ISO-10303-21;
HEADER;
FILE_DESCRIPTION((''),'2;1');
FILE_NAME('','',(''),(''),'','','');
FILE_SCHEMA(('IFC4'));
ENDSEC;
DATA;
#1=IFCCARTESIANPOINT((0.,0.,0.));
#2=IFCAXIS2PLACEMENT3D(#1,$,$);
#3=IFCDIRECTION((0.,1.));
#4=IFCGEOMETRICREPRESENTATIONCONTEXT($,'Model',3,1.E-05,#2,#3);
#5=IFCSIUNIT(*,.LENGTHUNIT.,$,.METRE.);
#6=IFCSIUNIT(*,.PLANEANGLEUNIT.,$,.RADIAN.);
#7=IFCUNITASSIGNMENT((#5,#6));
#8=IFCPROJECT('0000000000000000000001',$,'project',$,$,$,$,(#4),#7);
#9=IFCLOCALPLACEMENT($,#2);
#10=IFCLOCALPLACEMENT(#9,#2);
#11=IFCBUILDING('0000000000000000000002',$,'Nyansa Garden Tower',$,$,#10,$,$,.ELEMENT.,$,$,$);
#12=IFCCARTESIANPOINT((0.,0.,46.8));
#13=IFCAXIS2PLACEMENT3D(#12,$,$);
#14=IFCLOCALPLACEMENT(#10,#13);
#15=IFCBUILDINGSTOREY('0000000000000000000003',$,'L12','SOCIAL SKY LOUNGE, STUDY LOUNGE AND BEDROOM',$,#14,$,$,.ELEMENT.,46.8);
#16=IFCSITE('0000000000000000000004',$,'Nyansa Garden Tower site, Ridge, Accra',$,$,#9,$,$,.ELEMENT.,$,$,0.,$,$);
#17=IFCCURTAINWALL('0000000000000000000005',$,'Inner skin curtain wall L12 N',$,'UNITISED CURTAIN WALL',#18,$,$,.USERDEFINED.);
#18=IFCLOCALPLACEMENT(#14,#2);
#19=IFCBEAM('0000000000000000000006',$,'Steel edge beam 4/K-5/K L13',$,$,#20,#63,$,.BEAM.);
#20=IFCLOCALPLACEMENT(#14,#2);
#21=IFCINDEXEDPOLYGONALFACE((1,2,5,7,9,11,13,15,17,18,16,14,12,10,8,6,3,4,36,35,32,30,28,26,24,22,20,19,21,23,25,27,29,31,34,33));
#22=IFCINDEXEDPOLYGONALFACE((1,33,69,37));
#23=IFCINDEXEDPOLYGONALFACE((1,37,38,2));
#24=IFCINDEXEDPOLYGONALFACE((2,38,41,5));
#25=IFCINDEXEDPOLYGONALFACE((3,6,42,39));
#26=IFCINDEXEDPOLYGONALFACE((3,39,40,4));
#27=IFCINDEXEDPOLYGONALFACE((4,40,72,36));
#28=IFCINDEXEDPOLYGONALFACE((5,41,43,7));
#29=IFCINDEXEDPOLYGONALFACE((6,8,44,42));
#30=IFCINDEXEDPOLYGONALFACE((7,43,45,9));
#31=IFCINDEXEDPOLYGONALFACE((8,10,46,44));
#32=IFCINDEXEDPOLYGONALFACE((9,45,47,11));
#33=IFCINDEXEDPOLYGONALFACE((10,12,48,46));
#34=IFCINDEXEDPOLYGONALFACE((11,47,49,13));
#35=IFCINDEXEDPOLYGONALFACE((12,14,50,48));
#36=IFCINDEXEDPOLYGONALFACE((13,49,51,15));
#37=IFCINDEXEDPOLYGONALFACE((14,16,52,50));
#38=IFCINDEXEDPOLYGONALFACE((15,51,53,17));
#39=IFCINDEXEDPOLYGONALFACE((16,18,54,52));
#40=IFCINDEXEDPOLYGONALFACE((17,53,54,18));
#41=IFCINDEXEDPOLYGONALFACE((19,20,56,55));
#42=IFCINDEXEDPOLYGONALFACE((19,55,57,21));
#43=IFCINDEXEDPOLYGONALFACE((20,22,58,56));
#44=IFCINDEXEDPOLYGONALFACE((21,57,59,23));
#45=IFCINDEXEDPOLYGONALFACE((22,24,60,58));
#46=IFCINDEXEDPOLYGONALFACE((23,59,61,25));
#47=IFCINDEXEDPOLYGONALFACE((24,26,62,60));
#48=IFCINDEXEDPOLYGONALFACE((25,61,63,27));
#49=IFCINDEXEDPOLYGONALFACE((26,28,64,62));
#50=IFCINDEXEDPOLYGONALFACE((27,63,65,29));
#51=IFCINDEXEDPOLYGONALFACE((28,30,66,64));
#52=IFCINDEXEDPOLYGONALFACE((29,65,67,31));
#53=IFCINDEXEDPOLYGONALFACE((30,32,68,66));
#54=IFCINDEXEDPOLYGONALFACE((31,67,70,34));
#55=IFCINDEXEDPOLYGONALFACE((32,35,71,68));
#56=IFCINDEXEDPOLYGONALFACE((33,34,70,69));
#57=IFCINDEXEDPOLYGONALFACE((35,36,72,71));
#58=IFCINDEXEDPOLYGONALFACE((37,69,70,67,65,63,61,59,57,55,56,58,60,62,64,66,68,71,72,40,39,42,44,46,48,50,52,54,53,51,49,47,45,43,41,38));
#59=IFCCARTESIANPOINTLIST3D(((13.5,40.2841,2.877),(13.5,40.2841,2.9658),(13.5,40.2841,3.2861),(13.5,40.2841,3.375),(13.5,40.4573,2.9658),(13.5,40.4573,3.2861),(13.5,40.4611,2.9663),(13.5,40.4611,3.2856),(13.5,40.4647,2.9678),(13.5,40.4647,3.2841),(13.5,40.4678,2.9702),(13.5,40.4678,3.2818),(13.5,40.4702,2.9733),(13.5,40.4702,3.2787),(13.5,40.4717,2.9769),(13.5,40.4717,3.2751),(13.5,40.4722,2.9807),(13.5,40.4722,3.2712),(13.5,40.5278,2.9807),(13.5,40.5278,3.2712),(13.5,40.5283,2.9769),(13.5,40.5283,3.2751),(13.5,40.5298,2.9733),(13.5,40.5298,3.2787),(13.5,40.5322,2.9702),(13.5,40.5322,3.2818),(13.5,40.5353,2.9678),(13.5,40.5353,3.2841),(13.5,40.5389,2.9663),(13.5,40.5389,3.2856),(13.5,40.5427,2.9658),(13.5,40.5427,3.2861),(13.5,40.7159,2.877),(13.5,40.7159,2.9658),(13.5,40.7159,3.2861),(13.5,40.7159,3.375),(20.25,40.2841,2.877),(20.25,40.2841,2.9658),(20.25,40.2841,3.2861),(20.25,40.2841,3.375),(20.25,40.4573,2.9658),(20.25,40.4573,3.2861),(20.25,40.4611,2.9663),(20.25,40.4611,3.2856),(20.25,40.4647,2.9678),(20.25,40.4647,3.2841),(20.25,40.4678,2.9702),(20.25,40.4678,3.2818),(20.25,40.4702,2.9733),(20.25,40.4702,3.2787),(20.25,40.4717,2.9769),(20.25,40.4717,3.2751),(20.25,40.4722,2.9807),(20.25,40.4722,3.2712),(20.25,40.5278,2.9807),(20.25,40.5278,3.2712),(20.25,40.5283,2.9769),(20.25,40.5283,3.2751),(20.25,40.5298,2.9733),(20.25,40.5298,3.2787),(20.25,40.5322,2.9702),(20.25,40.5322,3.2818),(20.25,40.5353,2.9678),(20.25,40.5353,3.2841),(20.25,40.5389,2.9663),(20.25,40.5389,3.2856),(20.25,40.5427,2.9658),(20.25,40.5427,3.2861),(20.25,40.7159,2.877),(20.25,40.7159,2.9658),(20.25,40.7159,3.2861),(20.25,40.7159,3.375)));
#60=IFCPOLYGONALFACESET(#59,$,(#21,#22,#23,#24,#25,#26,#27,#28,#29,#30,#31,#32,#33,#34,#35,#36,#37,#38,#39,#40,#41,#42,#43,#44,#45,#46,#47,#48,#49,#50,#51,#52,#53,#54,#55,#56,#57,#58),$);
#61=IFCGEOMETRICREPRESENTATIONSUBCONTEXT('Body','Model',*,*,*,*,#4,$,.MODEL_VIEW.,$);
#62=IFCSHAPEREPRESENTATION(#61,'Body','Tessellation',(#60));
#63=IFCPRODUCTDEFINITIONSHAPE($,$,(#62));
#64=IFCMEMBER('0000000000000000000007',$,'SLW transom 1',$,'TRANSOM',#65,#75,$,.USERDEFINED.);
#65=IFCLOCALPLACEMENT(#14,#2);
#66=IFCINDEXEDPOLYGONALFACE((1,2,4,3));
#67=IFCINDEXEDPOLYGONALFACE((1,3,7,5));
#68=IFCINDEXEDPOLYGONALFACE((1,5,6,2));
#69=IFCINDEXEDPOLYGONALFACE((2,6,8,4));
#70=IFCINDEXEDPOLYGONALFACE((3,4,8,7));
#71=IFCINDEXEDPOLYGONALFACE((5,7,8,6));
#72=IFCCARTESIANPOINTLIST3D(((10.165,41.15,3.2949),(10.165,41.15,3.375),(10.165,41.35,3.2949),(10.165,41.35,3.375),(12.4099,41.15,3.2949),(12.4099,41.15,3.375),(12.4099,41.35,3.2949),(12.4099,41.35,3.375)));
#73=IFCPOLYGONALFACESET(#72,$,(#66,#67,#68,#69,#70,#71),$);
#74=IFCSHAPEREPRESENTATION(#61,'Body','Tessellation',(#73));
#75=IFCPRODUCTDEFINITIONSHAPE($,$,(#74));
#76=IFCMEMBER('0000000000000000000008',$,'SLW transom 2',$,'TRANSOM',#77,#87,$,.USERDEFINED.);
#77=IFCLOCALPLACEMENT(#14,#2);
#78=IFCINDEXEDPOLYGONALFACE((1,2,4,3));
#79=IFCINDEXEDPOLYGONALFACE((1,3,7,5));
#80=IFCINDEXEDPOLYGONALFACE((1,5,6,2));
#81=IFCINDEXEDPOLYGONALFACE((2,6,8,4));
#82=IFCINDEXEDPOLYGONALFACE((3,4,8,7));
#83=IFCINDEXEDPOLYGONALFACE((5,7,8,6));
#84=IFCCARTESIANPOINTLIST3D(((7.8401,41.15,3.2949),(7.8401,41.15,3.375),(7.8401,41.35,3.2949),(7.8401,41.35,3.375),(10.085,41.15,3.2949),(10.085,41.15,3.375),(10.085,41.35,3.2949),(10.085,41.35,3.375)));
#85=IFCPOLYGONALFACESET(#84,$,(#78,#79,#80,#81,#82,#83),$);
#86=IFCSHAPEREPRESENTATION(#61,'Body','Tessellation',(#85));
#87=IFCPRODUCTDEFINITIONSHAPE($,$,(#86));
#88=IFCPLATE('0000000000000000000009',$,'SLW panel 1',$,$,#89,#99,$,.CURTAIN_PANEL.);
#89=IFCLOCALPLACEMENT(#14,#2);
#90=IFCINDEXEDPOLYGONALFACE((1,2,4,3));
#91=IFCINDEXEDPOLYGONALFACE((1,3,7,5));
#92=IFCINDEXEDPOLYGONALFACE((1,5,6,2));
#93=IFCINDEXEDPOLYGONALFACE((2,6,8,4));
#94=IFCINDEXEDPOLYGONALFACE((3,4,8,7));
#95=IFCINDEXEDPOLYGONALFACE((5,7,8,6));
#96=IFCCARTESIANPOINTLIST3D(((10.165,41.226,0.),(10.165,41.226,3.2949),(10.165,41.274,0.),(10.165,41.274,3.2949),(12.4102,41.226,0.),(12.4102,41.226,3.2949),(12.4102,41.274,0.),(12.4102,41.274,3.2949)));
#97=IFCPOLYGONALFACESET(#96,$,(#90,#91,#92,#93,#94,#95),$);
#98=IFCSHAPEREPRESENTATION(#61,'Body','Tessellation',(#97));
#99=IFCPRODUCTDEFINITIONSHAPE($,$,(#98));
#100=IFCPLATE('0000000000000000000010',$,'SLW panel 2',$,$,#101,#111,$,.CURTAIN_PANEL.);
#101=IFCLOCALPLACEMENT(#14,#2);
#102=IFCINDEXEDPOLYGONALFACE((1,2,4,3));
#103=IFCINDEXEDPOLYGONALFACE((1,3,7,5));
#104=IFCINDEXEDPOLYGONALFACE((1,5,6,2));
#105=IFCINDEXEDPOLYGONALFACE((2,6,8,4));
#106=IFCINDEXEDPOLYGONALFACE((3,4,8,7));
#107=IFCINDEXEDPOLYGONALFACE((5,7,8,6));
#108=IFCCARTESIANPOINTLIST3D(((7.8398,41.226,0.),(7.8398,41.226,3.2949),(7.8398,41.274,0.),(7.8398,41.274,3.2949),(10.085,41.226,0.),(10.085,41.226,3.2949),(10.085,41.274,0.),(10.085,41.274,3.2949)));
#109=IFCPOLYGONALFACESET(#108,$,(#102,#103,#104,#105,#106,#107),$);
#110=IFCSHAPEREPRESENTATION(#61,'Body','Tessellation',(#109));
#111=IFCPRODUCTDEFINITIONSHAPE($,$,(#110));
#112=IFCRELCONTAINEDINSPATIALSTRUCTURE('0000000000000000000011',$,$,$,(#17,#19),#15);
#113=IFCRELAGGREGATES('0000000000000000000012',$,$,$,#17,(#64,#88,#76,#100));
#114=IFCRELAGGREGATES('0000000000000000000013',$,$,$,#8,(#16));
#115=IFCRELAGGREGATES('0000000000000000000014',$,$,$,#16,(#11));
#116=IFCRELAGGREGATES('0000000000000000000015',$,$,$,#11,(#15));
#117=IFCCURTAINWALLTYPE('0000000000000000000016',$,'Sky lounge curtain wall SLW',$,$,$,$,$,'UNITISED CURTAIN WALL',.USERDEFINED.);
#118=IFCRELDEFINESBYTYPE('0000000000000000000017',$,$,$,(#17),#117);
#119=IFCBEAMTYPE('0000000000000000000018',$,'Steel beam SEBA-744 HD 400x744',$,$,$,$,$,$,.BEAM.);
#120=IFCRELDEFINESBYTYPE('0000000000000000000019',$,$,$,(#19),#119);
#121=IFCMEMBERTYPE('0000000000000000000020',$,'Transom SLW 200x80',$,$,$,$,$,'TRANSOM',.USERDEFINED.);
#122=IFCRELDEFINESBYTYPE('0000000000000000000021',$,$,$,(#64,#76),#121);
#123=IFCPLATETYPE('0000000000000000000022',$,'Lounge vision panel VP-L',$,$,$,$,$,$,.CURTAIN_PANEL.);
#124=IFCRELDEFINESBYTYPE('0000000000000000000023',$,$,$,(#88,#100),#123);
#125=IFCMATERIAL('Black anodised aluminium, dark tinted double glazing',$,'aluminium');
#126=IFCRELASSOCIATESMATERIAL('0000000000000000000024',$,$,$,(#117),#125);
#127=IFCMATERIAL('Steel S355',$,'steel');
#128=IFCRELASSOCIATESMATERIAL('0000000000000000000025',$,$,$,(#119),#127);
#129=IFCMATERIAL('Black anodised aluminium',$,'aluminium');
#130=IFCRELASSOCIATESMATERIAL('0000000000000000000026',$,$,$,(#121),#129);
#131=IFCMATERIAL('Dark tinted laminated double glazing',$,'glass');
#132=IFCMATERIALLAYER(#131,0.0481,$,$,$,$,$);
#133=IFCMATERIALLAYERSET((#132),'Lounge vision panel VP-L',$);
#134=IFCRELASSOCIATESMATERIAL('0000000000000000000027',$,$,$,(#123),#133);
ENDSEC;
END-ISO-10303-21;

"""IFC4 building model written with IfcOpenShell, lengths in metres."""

from ifc_helpers import new_model, si_unit, direction, frame, origin, origin_2d, place, context, subcontext, project, spatial, rectangle, i_section, extrude, material, layer, layer_set, material_profile, profile_set, type_object, element, aggregate, save


model = new_model("IFC4")

# Units and contexts
model_context = context("Model", 3, precision=1e-05, world=origin(), true_north=direction((0.0, 1.0)))
body_context = subcontext(model_context, "Body", "Model", "MODEL_VIEW")
ifc_project = project(units=[si_unit("LENGTHUNIT", "METRE"), si_unit("PLANEANGLEUNIT", "RADIAN")], contexts=[model_context])

# Site, building, storey
site_placement = place(None, origin())
site = spatial("IfcSite", under=ifc_project, at=site_placement, Name="Nyansa Garden Tower site, Ridge, Accra", CompositionType="ELEMENT", RefElevation=0.0)
building_placement = place(site_placement, origin())
building = spatial("IfcBuilding", under=site, at=building_placement, Name="Nyansa Garden Tower", CompositionType="ELEMENT")
storey_placement = place(building_placement, frame((0.0, 0.0, 46.8)))
storey = spatial("IfcBuildingStorey", under=building, at=storey_placement, Name="L12", Description="SOCIAL SKY LOUNGE, STUDY LOUNGE AND BEDROOM", CompositionType="ELEMENT", Elevation=46.8)

# Curtain wall
ifc_material_1 = material(Name="Black anodised aluminium, dark tinted double glazing", Category="aluminium")
curtain_wall_type = type_object("IfcCurtainWallType", Name="Sky lounge curtain wall SLW", ElementType="UNITISED CURTAIN WALL", PredefinedType="USERDEFINED", material=ifc_material_1)
curtain_wall_placement = place(storey_placement, origin())
curtain_wall = element("IfcCurtainWall", 1, at=curtain_wall_placement, inside=storey, type_object=curtain_wall_type, Name="Inner skin curtain wall L12 N", ObjectType="UNITISED CURTAIN WALL", PredefinedType="USERDEFINED")

# Beam
ifc_material_2 = material(Name="Steel S355", Category="steel")
ifc_material_profile_1 = material_profile(ifc_material_2, i_section(OverallWidth=0.4319, OverallDepth=0.498, WebThickness=0.0557, FlangeThickness=0.0889, FilletRadius=0.0149, at=origin_2d()), Name="HD 400x744")
ifc_profile_set_1 = profile_set([ifc_material_profile_1], Name="Steel S355")
beam_type_1 = type_object("IfcBeamType", Name="Steel beam SEBA-744 HD 400x744", PredefinedType="BEAM", material=ifc_profile_set_1)
for number, where, z_axis, x_axis, name in (
    (2, (13.5, 40.5, 3.126), (1.0, 0.0, 0.0), (0.0, 1.0, 0.0), "Steel edge beam 4/K-5/K L13"),
):
    element("IfcBeam", number, at=place(storey_placement, frame(where, z_axis=z_axis, x_axis=x_axis)), inside=storey, type_object=beam_type_1, Name=name, PredefinedType="BEAM", context=body_context, shape_type="SweptSolid", body=[
        extrude(i_section(OverallWidth=0.4319, OverallDepth=0.498, WebThickness=0.0557, FlangeThickness=0.0889, FilletRadius=0.0149, at=origin_2d()), origin(), (0.0, 0.0, 1.0), 6.75),
    ])

# Members
ifc_material_3 = material(Name="Black anodised aluminium", Category="aluminium")
ifc_material_profile_2 = material_profile(ifc_material_3, rectangle(XDim=0.2, YDim=0.0801, at=origin_2d()), Name="Transom 200x80")
ifc_profile_set_2 = profile_set([ifc_material_profile_2], Name="Black anodised aluminium")
member_type_1 = type_object("IfcMemberType", Name="Transom SLW 200x80", ElementType="TRANSOM", PredefinedType="USERDEFINED", material=ifc_profile_set_2)
member_1_placement = place(storey_placement, frame((12.4099, 41.25, 3.335), z_axis=(-1.0, 0.0, 0.0), x_axis=(0.0, -1.0, 0.0)))
member_1 = element("IfcMember", 3, at=member_1_placement, type_object=member_type_1, Name="SLW transom 1", ObjectType="TRANSOM", PredefinedType="USERDEFINED", context=body_context, shape_type="SweptSolid", body=[
    extrude(rectangle(XDim=0.2, YDim=0.0801, at=origin_2d()), origin(), (0.0, 0.0, 1.0), 2.2449),
])
member_2_placement = place(storey_placement, frame((10.085, 41.25, 3.335), z_axis=(-1.0, 0.0, 0.0), x_axis=(0.0, -1.0, 0.0)))
member_2 = element("IfcMember", 4, at=member_2_placement, type_object=member_type_1, Name="SLW transom 2", ObjectType="TRANSOM", PredefinedType="USERDEFINED", context=body_context, shape_type="SweptSolid", body=[
    extrude(rectangle(XDim=0.2, YDim=0.0801, at=origin_2d()), origin(), (0.0, 0.0, 1.0), 2.2449),
])

# Plates
ifc_material_4 = material(Name="Dark tinted laminated double glazing", Category="glass")
ifc_layer_1 = layer(ifc_material_4, 0.0481)
ifc_layer_set_1 = layer_set([ifc_layer_1], Name="Lounge vision panel VP-L")
plate_type = type_object("IfcPlateType", Name="Lounge vision panel VP-L", PredefinedType="CURTAIN_PANEL", material=ifc_layer_set_1)
plate_1_placement = place(storey_placement, frame((11.2876, 41.25, 0.0), z_axis=(0.0, 0.0, 1.0), x_axis=(-1.0, 0.0, 0.0)))
plate_1 = element("IfcPlate", 5, at=plate_1_placement, type_object=plate_type, Name="SLW panel 1", PredefinedType="CURTAIN_PANEL", context=body_context, shape_type="SweptSolid", body=[
    extrude(rectangle(XDim=2.2451, YDim=0.0481, at=origin_2d()), origin(), (0.0, 0.0, 1.0), 3.2949),
])
plate_2_placement = place(storey_placement, frame((8.9624, 41.25, 0.0), z_axis=(0.0, 0.0, 1.0), x_axis=(-1.0, 0.0, 0.0)))
plate_2 = element("IfcPlate", 6, at=plate_2_placement, type_object=plate_type, Name="SLW panel 2", PredefinedType="CURTAIN_PANEL", context=body_context, shape_type="SweptSolid", body=[
    extrude(rectangle(XDim=2.2451, YDim=0.0481, at=origin_2d()), origin(), (0.0, 0.0, 1.0), 3.2949),
])
aggregate(curtain_wall, [member_1, plate_1, member_2, plate_2])

save(model, "model.ifc")
